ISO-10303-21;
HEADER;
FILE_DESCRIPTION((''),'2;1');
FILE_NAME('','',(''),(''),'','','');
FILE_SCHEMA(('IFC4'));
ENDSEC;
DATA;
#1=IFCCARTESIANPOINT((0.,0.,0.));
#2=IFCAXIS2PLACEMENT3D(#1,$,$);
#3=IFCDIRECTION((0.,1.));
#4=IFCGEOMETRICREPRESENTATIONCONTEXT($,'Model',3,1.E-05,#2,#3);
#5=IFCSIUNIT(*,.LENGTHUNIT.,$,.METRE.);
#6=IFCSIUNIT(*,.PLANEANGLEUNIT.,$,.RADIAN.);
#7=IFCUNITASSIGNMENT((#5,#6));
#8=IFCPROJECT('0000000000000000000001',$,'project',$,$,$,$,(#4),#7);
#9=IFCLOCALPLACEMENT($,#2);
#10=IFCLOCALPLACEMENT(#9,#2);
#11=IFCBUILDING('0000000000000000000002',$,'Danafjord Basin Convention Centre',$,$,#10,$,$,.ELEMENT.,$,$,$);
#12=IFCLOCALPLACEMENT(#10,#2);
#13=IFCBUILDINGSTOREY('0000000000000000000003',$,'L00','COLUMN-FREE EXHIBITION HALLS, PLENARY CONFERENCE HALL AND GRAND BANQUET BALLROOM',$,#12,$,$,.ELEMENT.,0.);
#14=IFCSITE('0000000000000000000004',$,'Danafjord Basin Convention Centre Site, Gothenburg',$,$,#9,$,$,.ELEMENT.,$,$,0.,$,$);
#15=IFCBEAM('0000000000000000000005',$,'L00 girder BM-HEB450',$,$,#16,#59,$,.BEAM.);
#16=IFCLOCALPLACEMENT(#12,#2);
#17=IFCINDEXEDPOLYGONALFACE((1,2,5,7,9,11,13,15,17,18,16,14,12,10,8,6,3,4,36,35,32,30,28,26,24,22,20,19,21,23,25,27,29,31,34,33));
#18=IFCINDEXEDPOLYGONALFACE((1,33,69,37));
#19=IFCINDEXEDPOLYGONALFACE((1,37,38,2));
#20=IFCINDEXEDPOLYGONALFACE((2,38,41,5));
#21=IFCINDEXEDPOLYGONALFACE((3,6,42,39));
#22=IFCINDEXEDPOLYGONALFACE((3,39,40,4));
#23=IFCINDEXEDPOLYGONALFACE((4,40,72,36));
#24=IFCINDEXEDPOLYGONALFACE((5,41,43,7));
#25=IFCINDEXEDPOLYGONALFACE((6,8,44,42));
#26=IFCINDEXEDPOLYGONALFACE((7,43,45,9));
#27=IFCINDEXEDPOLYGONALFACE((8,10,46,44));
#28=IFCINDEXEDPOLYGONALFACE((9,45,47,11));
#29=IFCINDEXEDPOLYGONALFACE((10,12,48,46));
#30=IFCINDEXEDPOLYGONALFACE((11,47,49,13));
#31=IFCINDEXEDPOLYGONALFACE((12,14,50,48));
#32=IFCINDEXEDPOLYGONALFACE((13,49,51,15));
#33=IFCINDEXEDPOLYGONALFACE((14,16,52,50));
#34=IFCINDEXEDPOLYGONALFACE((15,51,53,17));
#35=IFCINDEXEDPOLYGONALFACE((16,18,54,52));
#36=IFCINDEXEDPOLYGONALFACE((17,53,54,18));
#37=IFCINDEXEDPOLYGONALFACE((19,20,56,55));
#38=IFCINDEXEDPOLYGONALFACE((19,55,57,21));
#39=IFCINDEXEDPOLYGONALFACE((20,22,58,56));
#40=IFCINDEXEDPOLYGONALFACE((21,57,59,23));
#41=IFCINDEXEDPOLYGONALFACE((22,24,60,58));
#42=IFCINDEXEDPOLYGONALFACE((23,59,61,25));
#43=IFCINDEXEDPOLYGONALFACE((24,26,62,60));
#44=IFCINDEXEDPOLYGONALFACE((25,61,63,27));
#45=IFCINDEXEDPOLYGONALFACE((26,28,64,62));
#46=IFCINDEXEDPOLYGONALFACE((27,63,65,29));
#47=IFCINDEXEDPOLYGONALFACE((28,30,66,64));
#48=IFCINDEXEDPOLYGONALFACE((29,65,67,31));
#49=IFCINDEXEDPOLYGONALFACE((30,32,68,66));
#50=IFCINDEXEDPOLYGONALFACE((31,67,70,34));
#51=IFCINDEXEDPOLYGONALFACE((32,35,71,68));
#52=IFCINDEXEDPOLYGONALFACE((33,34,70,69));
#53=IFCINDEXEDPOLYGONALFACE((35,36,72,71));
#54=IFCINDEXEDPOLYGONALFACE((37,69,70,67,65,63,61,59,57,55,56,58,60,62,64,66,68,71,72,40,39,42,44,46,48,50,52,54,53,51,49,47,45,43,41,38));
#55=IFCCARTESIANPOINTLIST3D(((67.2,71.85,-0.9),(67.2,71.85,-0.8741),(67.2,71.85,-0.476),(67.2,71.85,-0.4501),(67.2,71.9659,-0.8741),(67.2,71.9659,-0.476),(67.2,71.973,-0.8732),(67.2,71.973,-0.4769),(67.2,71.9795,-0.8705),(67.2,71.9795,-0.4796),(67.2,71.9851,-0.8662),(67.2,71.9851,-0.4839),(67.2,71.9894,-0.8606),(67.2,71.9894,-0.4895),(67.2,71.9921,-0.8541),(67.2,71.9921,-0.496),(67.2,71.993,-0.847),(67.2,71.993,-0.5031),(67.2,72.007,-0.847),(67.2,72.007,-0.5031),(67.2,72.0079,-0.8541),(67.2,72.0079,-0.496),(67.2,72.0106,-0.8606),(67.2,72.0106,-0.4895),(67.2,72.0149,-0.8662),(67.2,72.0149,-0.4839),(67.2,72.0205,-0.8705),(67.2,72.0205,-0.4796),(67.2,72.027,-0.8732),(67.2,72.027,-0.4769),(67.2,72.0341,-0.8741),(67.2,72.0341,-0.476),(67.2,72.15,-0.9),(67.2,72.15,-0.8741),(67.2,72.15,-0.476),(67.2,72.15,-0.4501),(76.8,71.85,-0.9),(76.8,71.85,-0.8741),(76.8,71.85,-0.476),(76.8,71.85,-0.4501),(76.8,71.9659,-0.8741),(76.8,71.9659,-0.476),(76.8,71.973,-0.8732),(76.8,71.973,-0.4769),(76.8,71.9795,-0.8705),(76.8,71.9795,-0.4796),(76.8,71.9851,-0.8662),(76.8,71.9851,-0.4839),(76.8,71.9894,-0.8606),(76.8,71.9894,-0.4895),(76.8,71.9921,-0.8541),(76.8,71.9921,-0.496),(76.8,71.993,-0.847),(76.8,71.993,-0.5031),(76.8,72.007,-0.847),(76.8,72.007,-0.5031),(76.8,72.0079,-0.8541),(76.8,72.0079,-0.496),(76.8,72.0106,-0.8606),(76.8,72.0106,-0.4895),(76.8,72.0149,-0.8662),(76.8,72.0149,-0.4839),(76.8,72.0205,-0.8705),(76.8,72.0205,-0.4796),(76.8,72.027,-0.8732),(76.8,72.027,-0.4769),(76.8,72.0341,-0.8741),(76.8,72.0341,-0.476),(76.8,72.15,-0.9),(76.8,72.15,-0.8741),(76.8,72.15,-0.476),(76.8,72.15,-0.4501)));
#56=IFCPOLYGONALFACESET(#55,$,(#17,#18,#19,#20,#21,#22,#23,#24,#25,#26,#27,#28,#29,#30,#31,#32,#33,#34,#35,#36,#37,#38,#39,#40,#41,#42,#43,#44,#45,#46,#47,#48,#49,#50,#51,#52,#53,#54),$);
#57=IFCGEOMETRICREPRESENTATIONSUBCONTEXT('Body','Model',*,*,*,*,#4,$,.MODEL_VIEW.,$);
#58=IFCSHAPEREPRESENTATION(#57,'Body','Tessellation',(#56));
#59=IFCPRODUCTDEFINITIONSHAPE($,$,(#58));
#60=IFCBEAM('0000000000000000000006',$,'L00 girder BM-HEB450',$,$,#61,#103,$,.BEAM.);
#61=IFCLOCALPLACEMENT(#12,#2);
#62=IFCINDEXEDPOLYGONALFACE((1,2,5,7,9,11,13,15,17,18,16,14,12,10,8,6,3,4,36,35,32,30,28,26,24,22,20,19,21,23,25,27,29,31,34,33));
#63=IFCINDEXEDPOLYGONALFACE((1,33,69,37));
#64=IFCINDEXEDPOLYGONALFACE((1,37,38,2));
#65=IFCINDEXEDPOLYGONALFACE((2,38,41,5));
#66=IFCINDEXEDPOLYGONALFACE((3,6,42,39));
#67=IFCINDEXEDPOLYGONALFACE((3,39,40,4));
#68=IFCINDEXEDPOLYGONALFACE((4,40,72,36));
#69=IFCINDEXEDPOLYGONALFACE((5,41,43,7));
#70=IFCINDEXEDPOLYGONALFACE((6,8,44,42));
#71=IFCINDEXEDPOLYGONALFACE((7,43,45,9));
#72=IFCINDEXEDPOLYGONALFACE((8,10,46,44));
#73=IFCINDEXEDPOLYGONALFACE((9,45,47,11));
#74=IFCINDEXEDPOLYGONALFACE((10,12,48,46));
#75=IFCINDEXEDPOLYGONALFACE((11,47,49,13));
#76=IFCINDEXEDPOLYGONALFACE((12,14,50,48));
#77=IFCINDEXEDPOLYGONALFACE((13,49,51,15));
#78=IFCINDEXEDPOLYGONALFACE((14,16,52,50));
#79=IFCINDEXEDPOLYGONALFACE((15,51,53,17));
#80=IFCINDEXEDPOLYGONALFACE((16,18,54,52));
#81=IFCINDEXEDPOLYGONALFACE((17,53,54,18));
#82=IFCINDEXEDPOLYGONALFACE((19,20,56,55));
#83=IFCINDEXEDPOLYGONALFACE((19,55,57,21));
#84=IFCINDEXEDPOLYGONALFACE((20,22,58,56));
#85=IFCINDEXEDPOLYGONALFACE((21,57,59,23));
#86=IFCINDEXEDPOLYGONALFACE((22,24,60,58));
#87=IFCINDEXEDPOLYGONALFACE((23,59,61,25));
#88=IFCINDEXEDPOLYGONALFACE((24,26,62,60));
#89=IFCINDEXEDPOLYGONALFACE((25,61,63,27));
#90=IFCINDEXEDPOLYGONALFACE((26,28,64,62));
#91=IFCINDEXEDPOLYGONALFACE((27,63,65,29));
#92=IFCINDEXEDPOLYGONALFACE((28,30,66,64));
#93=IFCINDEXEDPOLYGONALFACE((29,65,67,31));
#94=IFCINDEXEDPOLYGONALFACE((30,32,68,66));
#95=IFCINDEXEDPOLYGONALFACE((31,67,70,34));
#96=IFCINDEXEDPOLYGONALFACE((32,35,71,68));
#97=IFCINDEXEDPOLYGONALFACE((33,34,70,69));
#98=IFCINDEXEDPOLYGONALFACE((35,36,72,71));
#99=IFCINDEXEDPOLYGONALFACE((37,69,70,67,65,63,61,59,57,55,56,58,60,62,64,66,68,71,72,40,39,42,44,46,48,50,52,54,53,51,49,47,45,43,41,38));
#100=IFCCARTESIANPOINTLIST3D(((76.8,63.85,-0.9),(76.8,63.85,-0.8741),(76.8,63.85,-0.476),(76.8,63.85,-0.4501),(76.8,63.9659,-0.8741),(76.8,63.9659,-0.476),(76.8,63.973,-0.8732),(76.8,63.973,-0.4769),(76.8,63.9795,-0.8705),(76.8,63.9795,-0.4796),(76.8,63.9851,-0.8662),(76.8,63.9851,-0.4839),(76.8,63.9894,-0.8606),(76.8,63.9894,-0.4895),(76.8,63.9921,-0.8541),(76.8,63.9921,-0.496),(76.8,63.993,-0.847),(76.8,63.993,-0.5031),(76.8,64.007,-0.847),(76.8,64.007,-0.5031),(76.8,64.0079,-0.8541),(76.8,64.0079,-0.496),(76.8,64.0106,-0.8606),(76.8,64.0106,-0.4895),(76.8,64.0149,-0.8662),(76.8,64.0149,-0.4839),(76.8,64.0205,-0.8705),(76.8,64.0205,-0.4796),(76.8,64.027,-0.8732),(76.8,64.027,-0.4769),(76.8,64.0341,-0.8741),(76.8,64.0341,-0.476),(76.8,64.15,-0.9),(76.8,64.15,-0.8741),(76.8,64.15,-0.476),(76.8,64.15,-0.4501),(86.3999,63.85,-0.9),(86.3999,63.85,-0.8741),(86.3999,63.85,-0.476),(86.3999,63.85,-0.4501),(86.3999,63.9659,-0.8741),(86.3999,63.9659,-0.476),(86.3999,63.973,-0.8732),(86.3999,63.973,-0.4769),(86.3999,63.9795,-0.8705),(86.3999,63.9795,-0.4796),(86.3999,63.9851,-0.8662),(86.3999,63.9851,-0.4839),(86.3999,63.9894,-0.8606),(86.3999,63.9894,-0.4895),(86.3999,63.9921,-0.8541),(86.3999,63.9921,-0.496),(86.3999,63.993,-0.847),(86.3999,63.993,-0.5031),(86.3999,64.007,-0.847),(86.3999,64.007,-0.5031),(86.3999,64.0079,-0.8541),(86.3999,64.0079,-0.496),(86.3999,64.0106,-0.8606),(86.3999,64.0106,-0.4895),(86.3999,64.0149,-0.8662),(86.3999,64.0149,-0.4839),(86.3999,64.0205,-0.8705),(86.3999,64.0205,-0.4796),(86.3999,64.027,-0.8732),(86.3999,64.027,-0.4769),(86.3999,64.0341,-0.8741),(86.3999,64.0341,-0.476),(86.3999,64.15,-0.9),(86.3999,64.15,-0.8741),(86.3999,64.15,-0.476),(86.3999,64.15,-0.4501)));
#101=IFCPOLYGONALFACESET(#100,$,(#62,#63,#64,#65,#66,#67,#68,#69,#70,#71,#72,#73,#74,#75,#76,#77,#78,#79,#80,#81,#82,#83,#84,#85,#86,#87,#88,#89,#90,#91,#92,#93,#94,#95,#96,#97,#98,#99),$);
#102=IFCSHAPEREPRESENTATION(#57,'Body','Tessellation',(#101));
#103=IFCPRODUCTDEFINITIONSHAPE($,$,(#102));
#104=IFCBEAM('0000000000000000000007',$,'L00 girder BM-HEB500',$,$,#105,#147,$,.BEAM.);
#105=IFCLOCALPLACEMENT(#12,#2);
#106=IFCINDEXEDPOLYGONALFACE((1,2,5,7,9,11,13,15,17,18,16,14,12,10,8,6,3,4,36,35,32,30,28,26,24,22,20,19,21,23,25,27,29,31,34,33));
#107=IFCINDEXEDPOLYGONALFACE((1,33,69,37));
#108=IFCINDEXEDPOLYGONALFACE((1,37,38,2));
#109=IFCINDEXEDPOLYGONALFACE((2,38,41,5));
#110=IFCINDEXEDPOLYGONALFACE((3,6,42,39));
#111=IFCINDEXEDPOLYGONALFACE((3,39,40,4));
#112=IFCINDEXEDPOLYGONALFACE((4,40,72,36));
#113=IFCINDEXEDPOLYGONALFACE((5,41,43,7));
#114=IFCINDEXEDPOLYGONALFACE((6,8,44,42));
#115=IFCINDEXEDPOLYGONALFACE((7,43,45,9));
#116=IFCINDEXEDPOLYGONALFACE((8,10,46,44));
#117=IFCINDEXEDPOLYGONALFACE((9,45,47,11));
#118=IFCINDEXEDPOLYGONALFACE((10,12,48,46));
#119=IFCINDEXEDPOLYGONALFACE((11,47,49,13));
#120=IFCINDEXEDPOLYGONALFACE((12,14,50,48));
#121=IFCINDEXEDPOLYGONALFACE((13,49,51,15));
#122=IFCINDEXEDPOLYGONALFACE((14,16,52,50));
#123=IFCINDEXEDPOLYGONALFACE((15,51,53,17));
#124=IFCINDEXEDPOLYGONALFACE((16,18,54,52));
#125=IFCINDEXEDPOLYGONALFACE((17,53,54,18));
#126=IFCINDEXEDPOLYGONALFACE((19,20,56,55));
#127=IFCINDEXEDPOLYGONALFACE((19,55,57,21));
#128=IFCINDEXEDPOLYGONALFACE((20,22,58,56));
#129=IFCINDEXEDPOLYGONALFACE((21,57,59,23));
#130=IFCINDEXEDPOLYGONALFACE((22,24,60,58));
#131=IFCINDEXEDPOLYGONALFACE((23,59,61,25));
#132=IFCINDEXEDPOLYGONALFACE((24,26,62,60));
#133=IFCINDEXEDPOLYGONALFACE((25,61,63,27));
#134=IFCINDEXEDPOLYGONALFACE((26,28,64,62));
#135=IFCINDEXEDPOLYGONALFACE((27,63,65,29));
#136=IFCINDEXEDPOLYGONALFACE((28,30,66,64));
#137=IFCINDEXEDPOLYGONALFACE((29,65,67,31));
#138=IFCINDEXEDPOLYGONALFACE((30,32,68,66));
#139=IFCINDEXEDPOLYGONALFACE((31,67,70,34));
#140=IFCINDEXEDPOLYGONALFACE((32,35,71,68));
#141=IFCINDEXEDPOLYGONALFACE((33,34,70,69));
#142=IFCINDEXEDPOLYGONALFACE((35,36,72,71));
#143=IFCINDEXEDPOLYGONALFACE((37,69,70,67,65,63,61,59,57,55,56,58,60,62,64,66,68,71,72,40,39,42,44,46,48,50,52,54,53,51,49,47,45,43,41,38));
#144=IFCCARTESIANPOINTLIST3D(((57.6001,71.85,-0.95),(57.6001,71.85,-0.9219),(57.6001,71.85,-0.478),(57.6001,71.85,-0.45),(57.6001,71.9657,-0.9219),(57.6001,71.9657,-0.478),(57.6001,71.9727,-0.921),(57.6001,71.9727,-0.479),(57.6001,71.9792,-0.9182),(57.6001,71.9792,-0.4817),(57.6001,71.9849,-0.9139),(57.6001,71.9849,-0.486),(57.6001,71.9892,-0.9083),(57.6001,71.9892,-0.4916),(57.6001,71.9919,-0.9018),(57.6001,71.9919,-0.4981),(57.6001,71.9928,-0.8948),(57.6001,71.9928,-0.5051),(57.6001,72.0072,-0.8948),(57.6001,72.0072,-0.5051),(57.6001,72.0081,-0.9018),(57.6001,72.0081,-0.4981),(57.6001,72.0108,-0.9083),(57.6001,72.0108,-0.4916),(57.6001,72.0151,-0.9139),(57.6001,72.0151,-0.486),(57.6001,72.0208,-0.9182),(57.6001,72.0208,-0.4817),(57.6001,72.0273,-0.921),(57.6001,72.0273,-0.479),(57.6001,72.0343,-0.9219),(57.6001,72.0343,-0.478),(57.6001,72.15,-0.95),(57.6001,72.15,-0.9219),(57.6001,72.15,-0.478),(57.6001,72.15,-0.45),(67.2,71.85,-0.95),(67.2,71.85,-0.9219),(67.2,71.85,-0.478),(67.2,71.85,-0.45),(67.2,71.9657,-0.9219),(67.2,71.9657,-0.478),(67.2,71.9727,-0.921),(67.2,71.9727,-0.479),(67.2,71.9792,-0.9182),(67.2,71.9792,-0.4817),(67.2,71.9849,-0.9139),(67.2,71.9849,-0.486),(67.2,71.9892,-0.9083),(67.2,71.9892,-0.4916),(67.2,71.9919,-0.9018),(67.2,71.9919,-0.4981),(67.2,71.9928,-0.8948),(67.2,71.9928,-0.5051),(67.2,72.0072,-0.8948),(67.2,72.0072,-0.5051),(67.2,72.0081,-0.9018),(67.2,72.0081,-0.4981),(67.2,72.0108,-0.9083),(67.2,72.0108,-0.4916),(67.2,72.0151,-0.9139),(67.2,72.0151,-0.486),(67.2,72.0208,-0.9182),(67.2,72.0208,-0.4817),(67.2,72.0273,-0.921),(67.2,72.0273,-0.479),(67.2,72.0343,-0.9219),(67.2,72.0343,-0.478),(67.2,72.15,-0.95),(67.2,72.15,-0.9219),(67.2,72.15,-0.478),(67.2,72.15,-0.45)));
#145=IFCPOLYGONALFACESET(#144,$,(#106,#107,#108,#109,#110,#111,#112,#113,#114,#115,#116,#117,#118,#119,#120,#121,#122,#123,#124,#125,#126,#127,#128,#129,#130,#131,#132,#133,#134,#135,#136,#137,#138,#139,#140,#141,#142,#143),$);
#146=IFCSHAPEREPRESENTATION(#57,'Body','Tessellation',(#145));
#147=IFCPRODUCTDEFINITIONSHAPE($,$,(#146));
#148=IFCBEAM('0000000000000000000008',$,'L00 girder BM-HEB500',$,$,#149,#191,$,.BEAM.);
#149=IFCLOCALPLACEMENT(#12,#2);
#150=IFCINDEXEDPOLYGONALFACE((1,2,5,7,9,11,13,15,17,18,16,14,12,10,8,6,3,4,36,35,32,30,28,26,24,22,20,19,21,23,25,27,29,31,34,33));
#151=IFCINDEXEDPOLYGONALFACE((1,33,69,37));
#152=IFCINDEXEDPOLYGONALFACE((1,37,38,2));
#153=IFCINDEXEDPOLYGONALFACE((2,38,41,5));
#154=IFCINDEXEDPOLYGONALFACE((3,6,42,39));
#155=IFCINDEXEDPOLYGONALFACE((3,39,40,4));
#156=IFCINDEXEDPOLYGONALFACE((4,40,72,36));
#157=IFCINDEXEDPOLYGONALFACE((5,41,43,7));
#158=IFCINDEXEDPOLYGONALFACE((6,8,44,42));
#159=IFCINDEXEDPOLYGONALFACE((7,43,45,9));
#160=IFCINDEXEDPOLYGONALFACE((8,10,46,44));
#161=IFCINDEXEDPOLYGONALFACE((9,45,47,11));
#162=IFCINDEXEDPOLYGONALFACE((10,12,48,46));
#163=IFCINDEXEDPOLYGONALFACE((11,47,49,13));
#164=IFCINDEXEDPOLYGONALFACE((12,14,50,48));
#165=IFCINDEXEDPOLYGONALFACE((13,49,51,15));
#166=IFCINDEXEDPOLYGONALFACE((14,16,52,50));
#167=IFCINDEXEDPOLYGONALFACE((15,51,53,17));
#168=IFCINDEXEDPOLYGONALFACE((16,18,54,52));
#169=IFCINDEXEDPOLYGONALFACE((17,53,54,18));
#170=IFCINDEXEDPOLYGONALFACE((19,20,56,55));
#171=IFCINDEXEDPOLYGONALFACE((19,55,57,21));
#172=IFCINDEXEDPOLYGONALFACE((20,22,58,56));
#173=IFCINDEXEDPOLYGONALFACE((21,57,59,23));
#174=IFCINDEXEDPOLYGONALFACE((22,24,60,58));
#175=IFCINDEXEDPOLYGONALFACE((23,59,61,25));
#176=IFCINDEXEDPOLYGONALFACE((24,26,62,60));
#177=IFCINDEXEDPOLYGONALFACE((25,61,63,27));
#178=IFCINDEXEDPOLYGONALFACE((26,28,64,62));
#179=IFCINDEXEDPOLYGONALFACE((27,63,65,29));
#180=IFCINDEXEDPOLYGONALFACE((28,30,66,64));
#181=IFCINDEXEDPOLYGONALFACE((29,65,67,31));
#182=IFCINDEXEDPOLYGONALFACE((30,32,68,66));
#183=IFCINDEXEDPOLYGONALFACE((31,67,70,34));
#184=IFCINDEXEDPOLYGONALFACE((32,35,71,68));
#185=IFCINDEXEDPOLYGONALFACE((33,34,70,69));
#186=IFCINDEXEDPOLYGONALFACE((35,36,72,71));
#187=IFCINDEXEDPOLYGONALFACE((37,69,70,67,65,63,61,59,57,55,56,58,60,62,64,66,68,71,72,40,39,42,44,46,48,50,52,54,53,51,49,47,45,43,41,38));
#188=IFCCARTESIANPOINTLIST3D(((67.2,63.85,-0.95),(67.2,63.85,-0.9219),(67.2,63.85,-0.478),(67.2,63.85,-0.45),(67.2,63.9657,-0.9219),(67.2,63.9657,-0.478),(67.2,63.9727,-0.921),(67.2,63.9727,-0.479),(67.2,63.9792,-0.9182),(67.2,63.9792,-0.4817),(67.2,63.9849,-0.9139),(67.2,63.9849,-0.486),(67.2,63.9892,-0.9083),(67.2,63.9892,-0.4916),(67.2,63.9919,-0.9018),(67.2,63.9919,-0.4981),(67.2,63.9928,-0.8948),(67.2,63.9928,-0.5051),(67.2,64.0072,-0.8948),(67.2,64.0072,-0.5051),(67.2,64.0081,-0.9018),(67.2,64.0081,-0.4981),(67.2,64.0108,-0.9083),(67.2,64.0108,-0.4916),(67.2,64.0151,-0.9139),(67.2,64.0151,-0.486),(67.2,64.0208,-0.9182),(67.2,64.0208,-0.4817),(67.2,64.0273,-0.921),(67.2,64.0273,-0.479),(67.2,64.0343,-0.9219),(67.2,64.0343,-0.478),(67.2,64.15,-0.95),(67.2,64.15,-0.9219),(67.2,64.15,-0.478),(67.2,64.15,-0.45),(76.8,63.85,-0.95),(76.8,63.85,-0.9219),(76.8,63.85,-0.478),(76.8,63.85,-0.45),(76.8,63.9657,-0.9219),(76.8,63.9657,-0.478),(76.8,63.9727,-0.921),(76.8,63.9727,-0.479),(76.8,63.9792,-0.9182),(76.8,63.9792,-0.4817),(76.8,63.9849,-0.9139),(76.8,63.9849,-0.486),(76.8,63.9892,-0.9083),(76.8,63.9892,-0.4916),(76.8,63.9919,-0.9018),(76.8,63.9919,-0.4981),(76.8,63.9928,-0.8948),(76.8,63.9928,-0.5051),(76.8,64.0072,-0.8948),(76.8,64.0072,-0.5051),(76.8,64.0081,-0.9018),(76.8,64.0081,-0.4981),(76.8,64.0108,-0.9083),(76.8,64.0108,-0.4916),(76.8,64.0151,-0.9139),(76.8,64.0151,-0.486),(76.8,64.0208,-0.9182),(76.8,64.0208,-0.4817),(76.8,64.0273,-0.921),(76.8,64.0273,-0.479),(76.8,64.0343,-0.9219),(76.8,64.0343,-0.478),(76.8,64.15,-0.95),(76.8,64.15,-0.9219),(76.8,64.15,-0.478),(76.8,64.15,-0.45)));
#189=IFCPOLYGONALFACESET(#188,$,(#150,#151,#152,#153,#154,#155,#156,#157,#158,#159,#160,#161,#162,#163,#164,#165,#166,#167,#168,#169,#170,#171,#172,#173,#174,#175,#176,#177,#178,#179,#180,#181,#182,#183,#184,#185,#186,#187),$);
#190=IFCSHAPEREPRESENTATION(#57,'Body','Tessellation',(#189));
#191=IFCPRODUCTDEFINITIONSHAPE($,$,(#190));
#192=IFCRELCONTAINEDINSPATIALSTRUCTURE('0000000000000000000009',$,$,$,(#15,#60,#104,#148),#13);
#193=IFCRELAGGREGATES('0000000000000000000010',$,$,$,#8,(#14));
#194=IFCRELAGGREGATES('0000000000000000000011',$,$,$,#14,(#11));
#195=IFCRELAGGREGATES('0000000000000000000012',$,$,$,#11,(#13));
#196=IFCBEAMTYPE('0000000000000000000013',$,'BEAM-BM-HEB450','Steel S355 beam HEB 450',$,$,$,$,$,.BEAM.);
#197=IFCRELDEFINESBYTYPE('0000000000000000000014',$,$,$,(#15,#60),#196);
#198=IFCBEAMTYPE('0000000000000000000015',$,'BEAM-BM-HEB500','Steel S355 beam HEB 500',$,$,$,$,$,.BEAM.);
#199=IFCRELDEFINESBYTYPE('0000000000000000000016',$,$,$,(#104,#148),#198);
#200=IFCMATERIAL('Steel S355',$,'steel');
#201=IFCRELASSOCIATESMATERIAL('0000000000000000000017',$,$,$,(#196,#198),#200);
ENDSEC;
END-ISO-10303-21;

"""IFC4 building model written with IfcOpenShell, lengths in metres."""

from ifc_helpers import new_model, si_unit, direction, frame, origin, origin_2d, place, context, subcontext, project, spatial, i_section, extrude, material, material_profile, profile_set, type_object, element, save


model = new_model("IFC4")

# Units and contexts
model_context = context("Model", 3, precision=1e-05, world=origin(), true_north=direction((0.0, 1.0)))
body_context = subcontext(model_context, "Body", "Model", "MODEL_VIEW")
ifc_project = project(units=[si_unit("LENGTHUNIT", "METRE"), si_unit("PLANEANGLEUNIT", "RADIAN")], contexts=[model_context])

# Site, building, storey
site_placement = place(None, origin())
site = spatial("IfcSite", under=ifc_project, at=site_placement, Name="Danafjord Basin Convention Centre Site, Gothenburg", CompositionType="ELEMENT", RefElevation=0.0)
building_placement = place(site_placement, origin())
building = spatial("IfcBuilding", under=site, at=building_placement, Name="Danafjord Basin Convention Centre", CompositionType="ELEMENT")
storey_placement = place(building_placement, origin())
storey = spatial("IfcBuildingStorey", under=building, at=storey_placement, Name="L00", Description="COLUMN-FREE EXHIBITION HALLS, PLENARY CONFERENCE HALL AND GRAND BANQUET BALLROOM", CompositionType="ELEMENT", Elevation=0.0)

# Beams
ifc_material_1 = material(Name="Steel S355", Category="steel")
ifc_material_profile_1 = material_profile(ifc_material_1, i_section(OverallWidth=0.3, OverallDepth=0.45, WebThickness=0.0139, FlangeThickness=0.0259, FilletRadius=0.0271, at=origin_2d()), Name="HEB 450")
ifc_profile_set_1 = profile_set([ifc_material_profile_1], Name="Steel S355")
beam_type_1 = type_object("IfcBeamType", Name="BEAM-BM-HEB450", Description="Steel S355 beam HEB 450", PredefinedType="BEAM", material=ifc_profile_set_1)
beam_1_placement = place(storey_placement, frame((67.2, 72.0, -0.675), z_axis=(1.0, 0.0, 0.0), x_axis=(0.0, 1.0, 0.0)))
element("IfcBeam", 1, at=beam_1_placement, inside=storey, type_object=beam_type_1, Name="L00 girder BM-HEB450", PredefinedType="BEAM", context=body_context, shape_type="SweptSolid", body=[
    extrude(i_section(OverallWidth=0.3, OverallDepth=0.45, WebThickness=0.0139, FlangeThickness=0.0259, FilletRadius=0.0271, at=origin_2d()), origin(), (0.0, 0.0, 1.0), 9.6001),
])
beam_2_placement = place(storey_placement, frame((76.8, 64.0, -0.675), z_axis=(1.0, 0.0, 0.0), x_axis=(0.0, 1.0, 0.0)))
element("IfcBeam", 2, at=beam_2_placement, inside=storey, type_object=beam_type_1, Name="L00 girder BM-HEB450", PredefinedType="BEAM", context=body_context, shape_type="SweptSolid", body=[
    extrude(i_section(OverallWidth=0.3, OverallDepth=0.45, WebThickness=0.0139, FlangeThickness=0.0259, FilletRadius=0.0271, at=origin_2d()), origin(), (0.0, 0.0, 1.0), 9.5999),
])
ifc_material_profile_2 = material_profile(ifc_material_1, i_section(OverallWidth=0.3, OverallDepth=0.5, WebThickness=0.0144, FlangeThickness=0.0281, FilletRadius=0.0271, at=origin_2d()), Name="HEB 500")
ifc_profile_set_2 = profile_set([ifc_material_profile_2], Name="Steel S355")
beam_type_2 = type_object("IfcBeamType", Name="BEAM-BM-HEB500", Description="Steel S355 beam HEB 500", PredefinedType="BEAM", material=ifc_profile_set_2)
beam_3_placement = place(storey_placement, frame((57.6001, 72.0, -0.7), z_axis=(1.0, 0.0, 0.0), x_axis=(0.0, 1.0, 0.0)))
element("IfcBeam", 3, at=beam_3_placement, inside=storey, type_object=beam_type_2, Name="L00 girder BM-HEB500", PredefinedType="BEAM", context=body_context, shape_type="SweptSolid", body=[
    extrude(i_section(OverallWidth=0.3, OverallDepth=0.5, WebThickness=0.0144, FlangeThickness=0.0281, FilletRadius=0.0271, at=origin_2d()), origin(), (0.0, 0.0, 1.0), 9.5999),
])
beam_4_placement = place(storey_placement, frame((67.2, 64.0, -0.7), z_axis=(1.0, 0.0, 0.0), x_axis=(0.0, 1.0, 0.0)))
element("IfcBeam", 4, at=beam_4_placement, inside=storey, type_object=beam_type_2, Name="L00 girder BM-HEB500", PredefinedType="BEAM", context=body_context, shape_type="SweptSolid", body=[
    extrude(i_section(OverallWidth=0.3, OverallDepth=0.5, WebThickness=0.0144, FlangeThickness=0.0281, FilletRadius=0.0271, at=origin_2d()), origin(), (0.0, 0.0, 1.0), 9.6001),
])

save(model, "model.ifc")
